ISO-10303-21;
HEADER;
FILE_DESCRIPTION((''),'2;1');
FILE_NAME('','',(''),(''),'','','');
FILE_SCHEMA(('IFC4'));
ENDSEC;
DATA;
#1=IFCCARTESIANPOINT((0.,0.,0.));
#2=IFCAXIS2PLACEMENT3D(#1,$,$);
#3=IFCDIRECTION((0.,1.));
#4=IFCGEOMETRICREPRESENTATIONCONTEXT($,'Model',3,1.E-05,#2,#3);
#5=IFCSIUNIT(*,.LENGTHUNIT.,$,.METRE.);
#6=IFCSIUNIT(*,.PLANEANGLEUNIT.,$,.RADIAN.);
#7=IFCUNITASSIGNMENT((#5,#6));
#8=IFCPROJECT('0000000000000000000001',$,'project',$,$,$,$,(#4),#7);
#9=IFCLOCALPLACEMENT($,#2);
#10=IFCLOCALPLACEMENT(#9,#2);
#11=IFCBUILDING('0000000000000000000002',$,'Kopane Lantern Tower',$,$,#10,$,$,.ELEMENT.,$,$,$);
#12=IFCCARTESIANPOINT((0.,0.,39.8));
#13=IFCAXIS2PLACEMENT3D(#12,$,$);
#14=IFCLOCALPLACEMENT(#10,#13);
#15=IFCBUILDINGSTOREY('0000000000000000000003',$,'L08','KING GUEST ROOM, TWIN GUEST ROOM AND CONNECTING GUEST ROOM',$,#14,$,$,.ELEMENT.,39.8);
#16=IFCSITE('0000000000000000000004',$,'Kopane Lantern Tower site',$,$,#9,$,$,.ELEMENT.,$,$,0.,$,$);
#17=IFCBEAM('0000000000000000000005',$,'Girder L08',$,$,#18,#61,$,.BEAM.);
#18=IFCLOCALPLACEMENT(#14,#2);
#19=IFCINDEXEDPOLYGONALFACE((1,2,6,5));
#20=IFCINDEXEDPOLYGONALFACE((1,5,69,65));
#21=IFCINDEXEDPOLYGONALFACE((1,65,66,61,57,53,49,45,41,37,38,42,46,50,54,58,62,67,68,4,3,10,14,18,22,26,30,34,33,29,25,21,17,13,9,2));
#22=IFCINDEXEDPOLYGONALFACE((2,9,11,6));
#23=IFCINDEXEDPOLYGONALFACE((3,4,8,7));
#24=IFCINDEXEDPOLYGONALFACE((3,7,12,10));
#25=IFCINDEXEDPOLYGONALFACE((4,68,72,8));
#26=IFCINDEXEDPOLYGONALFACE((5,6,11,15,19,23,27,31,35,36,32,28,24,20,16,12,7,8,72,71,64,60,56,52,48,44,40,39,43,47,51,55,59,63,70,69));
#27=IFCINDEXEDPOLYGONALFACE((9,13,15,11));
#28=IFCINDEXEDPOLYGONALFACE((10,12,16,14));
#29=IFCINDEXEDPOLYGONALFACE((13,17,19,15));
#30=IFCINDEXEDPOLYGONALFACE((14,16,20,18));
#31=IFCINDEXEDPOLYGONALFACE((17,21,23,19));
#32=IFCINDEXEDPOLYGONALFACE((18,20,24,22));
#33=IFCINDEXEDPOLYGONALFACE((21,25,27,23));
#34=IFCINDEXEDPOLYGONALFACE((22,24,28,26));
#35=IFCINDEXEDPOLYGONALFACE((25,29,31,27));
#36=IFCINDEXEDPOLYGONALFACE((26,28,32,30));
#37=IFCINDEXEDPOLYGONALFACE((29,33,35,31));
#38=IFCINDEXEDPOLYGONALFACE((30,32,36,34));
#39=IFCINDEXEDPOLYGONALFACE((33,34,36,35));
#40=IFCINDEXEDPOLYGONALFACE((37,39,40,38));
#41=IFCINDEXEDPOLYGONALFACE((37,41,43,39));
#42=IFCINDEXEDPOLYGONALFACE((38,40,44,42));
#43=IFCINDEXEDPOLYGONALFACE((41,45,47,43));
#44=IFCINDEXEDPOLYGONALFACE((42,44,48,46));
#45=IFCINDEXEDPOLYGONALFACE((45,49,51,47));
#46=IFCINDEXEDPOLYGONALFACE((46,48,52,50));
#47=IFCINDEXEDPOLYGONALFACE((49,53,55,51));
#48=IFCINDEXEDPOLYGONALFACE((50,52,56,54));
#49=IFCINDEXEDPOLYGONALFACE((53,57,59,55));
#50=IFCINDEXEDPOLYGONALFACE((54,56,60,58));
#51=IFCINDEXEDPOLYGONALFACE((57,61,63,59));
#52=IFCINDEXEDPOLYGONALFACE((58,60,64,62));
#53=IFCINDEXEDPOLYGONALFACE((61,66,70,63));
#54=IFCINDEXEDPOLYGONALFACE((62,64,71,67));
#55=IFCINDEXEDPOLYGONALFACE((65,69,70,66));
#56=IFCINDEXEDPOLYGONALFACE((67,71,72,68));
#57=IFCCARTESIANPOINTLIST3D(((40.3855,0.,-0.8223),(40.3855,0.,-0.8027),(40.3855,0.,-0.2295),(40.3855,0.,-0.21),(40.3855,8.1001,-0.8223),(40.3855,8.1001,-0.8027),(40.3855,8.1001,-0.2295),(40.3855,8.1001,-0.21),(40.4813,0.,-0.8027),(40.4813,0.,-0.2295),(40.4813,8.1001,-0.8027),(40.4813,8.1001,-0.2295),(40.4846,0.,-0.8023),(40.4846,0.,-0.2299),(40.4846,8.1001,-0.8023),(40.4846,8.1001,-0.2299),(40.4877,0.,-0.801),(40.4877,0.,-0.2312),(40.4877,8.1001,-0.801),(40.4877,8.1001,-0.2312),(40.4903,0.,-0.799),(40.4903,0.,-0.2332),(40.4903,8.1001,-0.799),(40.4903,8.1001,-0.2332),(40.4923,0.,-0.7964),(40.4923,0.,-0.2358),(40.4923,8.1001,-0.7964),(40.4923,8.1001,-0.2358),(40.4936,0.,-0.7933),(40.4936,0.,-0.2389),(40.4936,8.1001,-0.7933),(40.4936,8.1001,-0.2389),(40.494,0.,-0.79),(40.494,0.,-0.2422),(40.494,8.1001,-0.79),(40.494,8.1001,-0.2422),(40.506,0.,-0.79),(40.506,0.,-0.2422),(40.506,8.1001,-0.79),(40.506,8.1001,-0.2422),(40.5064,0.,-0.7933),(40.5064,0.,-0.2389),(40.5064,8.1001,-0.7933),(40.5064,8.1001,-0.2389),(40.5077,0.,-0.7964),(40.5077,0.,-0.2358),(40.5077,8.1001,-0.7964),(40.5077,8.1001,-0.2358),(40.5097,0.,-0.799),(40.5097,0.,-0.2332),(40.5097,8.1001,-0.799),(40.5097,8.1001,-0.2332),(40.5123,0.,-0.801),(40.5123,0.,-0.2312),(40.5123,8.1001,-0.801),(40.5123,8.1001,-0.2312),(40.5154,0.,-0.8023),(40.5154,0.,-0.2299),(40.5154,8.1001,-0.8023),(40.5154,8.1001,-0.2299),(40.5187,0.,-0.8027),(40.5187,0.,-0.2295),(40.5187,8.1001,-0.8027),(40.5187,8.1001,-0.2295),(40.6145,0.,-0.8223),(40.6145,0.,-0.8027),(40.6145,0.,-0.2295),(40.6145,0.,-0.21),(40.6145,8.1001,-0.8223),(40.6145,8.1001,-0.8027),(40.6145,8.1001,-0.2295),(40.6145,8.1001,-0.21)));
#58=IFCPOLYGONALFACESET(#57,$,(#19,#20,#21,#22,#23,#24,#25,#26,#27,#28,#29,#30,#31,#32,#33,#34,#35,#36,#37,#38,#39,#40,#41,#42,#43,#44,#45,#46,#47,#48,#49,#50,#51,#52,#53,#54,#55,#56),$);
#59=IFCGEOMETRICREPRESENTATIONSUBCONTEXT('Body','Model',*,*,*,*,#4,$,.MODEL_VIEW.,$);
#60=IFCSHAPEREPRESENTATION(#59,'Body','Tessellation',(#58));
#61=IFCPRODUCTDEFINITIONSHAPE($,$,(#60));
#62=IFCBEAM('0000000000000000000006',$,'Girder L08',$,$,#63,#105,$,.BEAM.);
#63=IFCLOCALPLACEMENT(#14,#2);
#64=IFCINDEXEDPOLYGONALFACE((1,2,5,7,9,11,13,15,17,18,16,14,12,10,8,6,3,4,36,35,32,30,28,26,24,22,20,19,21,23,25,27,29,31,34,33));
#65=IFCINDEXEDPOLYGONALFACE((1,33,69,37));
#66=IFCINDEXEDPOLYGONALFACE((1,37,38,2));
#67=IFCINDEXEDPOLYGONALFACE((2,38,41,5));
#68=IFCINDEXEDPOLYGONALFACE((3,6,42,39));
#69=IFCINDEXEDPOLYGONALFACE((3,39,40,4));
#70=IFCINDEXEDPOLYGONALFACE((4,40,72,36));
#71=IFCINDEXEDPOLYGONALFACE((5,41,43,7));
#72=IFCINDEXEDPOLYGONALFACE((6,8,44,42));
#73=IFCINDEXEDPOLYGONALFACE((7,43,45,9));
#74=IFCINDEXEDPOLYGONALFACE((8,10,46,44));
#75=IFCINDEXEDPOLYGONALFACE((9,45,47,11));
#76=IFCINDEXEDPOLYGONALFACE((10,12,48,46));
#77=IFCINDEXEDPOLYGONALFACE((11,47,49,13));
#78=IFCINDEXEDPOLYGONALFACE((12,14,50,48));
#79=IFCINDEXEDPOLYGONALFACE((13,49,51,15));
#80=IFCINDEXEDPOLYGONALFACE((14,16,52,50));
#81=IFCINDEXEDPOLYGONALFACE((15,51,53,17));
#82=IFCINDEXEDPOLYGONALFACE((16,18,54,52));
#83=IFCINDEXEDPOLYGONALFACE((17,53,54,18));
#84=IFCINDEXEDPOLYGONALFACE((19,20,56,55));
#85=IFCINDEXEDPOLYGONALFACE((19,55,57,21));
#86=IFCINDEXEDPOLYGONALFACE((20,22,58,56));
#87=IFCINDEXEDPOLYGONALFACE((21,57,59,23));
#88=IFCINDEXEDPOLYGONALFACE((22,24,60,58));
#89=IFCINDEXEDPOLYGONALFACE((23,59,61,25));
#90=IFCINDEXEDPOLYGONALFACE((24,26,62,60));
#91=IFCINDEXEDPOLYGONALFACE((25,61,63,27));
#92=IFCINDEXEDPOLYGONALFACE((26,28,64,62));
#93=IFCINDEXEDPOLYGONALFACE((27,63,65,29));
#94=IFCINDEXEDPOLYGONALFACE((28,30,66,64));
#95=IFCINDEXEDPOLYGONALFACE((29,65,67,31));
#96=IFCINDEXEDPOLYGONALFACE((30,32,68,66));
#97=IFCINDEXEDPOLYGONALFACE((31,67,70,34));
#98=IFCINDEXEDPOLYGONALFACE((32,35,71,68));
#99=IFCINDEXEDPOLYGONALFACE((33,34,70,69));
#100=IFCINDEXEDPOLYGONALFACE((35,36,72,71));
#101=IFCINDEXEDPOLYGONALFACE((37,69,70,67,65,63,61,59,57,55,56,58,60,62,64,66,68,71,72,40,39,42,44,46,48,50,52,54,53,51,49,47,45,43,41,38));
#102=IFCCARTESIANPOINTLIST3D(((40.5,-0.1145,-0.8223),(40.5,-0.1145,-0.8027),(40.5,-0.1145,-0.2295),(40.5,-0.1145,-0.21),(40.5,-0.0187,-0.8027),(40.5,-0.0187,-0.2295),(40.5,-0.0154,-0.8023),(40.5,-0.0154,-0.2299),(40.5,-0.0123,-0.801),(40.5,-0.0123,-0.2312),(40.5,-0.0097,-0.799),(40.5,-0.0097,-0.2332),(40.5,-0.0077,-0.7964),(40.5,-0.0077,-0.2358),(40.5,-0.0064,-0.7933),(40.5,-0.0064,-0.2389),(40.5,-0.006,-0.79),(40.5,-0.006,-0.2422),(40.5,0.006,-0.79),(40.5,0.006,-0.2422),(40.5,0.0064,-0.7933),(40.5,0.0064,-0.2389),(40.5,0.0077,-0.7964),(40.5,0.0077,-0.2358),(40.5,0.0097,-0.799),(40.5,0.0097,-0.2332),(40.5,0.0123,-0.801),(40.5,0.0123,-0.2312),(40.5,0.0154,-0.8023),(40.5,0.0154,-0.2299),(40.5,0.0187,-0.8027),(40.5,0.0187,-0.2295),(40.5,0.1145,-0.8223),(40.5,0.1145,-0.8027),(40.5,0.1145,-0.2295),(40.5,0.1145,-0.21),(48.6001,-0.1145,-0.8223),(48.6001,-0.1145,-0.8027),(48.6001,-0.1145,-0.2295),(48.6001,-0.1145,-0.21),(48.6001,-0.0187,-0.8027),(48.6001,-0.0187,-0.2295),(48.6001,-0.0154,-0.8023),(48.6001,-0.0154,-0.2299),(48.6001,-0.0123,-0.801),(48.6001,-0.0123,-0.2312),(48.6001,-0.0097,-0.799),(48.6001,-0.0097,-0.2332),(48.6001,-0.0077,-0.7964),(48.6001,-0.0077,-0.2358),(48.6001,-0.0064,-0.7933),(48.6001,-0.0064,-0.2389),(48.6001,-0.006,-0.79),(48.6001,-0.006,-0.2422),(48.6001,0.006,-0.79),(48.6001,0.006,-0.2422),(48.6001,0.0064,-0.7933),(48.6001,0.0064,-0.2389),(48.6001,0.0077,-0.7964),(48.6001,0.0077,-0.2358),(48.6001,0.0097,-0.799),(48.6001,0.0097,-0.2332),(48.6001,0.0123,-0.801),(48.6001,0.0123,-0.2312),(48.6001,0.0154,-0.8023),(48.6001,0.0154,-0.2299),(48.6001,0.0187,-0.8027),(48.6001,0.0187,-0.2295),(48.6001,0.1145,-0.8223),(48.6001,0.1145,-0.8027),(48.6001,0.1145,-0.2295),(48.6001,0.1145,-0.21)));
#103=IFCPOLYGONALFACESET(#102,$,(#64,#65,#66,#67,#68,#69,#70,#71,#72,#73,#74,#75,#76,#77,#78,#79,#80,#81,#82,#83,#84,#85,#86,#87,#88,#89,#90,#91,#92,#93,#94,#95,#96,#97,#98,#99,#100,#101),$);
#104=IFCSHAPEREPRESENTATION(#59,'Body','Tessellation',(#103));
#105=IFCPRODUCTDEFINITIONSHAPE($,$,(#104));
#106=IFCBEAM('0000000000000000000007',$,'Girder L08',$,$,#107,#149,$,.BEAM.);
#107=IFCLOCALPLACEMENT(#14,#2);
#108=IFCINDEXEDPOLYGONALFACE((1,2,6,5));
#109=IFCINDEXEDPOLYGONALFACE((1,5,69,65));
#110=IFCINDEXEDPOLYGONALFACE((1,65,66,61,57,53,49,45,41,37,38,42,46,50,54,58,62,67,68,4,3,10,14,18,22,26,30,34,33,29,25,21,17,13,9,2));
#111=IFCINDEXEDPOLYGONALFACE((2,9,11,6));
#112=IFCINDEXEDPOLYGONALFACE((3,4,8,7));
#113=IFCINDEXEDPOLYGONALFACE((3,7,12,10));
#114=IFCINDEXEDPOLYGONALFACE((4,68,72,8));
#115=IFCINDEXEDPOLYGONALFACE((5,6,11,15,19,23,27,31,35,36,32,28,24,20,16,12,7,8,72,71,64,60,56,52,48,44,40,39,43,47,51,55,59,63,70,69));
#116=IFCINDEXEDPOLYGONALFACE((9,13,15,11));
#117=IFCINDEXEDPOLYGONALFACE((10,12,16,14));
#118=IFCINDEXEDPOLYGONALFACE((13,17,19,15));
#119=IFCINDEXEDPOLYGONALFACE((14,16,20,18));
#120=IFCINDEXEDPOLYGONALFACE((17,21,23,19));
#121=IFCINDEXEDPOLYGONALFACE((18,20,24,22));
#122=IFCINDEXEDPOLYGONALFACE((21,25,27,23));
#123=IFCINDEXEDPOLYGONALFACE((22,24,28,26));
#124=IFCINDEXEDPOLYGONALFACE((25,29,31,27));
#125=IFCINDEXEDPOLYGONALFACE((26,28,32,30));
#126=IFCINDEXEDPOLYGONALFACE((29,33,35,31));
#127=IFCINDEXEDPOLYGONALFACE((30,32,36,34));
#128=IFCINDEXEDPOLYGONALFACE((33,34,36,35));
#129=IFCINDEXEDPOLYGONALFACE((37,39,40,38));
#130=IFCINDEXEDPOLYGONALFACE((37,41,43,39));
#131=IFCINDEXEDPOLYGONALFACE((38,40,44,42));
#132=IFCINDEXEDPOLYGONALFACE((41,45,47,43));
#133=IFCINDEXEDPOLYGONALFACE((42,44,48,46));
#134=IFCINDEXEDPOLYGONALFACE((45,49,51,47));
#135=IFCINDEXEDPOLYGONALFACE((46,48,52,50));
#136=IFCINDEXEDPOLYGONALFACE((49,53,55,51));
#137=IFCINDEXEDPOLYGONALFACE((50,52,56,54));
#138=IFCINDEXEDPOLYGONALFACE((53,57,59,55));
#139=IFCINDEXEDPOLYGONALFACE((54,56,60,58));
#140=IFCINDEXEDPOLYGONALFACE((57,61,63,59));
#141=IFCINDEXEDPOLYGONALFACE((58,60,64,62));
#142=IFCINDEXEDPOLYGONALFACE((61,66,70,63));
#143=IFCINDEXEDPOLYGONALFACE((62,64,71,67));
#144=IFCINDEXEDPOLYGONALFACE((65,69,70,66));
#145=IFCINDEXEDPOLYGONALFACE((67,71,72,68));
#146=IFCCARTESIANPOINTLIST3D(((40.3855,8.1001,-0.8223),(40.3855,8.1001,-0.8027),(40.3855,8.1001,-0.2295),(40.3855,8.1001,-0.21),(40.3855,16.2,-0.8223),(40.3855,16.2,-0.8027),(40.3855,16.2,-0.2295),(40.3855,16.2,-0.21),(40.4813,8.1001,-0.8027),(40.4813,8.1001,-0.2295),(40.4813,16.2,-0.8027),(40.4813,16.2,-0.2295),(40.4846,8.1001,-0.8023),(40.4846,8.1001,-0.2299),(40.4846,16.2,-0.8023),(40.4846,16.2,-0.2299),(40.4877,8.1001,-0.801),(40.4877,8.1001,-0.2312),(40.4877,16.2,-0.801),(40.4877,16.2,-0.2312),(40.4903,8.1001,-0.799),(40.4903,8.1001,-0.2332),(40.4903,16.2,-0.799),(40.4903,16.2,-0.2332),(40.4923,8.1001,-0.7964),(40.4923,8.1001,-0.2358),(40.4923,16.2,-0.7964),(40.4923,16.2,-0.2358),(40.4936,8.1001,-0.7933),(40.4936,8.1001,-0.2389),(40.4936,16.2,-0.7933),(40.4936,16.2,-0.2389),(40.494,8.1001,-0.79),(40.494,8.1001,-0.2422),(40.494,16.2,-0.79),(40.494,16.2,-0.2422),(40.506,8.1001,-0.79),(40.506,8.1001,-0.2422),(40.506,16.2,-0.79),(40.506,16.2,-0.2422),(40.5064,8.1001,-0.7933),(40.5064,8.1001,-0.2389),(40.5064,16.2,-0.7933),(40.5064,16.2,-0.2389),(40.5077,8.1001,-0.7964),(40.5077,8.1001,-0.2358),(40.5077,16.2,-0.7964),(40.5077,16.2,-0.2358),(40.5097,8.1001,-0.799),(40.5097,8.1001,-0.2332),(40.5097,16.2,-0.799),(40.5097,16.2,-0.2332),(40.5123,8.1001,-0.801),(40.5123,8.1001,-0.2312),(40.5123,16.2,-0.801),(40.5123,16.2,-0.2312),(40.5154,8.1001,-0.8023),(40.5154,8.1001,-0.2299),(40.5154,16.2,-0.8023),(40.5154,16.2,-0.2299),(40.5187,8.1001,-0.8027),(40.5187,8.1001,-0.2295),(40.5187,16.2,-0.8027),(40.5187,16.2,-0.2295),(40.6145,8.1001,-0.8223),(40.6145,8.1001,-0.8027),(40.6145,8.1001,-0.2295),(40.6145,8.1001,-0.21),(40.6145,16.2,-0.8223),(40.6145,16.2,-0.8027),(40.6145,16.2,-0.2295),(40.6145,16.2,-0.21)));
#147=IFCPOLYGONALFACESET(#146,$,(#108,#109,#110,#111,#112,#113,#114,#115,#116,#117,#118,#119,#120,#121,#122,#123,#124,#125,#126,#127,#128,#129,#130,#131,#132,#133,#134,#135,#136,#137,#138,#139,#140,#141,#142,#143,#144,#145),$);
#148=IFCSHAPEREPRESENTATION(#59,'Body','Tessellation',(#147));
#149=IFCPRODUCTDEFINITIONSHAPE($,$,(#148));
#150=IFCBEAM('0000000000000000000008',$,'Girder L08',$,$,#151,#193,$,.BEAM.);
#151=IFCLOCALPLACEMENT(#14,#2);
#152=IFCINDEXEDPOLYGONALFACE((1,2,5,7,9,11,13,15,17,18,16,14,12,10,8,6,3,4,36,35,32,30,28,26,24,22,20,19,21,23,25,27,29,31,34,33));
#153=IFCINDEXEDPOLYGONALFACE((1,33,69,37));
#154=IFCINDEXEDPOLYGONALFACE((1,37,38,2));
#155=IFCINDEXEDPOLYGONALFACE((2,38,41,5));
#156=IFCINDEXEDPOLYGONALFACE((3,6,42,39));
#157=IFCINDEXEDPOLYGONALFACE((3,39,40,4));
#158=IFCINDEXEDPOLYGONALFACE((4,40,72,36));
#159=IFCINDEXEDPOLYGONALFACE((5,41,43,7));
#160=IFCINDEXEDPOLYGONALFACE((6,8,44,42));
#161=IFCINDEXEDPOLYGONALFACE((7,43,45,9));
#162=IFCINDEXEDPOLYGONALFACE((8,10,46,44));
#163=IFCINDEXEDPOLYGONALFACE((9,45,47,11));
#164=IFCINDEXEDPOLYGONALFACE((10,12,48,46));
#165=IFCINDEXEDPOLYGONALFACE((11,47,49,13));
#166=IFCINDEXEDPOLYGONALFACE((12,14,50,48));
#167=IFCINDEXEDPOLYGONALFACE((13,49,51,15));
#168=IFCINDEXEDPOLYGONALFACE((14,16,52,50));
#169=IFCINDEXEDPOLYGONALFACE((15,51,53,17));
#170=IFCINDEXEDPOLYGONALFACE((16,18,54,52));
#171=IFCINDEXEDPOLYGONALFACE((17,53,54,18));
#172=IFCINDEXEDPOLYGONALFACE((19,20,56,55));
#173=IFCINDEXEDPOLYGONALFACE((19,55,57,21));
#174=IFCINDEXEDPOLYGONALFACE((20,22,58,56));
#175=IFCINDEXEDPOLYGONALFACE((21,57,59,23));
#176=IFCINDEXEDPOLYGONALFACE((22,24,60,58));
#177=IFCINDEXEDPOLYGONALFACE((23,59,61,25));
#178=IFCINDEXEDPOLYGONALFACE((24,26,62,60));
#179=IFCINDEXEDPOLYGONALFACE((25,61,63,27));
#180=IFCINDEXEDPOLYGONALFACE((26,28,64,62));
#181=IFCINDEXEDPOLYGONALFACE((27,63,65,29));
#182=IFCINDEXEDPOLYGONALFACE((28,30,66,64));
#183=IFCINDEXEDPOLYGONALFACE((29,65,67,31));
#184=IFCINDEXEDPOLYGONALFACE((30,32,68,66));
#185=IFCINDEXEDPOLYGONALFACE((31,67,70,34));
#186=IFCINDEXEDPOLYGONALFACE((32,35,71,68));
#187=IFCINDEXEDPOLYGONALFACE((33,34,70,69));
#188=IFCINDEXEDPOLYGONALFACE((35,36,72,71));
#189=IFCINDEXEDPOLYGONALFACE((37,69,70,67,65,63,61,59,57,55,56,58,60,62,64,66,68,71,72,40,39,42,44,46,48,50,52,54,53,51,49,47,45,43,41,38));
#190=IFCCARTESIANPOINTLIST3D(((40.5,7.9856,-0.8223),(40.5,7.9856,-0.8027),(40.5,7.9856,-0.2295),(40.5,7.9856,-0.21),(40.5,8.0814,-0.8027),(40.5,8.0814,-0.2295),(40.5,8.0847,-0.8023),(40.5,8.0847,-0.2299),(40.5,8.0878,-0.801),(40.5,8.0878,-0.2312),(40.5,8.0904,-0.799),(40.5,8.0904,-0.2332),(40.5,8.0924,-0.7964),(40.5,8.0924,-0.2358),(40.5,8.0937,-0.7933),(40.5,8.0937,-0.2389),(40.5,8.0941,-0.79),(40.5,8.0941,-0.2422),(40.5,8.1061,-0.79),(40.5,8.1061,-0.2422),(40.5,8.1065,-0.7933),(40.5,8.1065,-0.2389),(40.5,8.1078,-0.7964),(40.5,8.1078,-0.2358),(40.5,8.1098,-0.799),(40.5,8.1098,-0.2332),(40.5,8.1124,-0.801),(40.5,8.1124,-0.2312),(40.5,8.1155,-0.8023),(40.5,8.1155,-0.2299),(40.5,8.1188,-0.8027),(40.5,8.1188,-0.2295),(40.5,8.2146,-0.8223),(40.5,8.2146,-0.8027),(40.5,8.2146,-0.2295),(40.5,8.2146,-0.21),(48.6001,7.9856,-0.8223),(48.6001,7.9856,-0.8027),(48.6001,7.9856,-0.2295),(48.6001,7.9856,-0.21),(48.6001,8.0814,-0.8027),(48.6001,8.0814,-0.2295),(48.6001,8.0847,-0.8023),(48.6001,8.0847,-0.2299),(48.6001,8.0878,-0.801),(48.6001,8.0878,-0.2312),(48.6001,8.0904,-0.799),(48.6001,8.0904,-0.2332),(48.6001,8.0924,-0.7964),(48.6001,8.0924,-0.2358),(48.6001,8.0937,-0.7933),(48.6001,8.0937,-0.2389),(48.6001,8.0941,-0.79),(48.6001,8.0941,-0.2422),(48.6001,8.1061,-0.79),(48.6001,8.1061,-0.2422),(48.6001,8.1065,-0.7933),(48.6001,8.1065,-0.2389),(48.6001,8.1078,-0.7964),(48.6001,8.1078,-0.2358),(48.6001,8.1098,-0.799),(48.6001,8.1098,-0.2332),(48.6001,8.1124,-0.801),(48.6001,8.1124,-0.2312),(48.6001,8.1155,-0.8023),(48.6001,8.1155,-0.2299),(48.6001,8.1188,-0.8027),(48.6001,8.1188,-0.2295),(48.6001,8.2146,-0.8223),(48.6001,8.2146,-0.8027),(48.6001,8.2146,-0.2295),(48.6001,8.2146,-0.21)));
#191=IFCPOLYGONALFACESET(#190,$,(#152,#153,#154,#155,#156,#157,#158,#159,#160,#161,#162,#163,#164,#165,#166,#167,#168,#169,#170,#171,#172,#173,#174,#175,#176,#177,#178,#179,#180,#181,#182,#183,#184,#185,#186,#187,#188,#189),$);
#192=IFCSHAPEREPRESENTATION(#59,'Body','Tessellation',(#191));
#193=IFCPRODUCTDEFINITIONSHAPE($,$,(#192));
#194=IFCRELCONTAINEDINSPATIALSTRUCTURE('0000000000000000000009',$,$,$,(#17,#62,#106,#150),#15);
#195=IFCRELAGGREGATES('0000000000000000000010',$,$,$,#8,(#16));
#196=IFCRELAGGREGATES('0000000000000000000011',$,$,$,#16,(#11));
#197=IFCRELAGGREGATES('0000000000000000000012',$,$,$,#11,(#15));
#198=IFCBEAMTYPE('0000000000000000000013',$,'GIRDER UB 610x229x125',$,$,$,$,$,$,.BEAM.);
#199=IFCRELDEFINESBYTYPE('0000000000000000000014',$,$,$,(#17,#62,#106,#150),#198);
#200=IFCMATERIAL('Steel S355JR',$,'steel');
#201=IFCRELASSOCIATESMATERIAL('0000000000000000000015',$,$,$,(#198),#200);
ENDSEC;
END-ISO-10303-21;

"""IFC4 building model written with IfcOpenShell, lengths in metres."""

from ifc_helpers import new_model, si_unit, direction, frame, origin, origin_2d, place, context, subcontext, project, spatial, i_section, extrude, material, material_profile, profile_set, type_object, element, save


model = new_model("IFC4")

# Units and contexts
model_context = context("Model", 3, precision=1e-05, world=origin(), true_north=direction((0.0, 1.0)))
body_context = subcontext(model_context, "Body", "Model", "MODEL_VIEW")
ifc_project = project(units=[si_unit("LENGTHUNIT", "METRE"), si_unit("PLANEANGLEUNIT", "RADIAN")], contexts=[model_context])

# Site, building, storey
site_placement = place(None, origin())
site = spatial("IfcSite", under=ifc_project, at=site_placement, Name="Kopane Lantern Tower site", CompositionType="ELEMENT", RefElevation=0.0)
building_placement = place(site_placement, origin())
building = spatial("IfcBuilding", under=site, at=building_placement, Name="Kopane Lantern Tower", CompositionType="ELEMENT")
storey_placement = place(building_placement, frame((0.0, 0.0, 39.8)))
storey = spatial("IfcBuildingStorey", under=building, at=storey_placement, Name="L08", Description="KING GUEST ROOM, TWIN GUEST ROOM AND CONNECTING GUEST ROOM", CompositionType="ELEMENT", Elevation=39.8)

# Beams
ifc_material_1 = material(Name="Steel S355JR", Category="steel")
ifc_material_profile_1 = material_profile(ifc_material_1, i_section(OverallWidth=0.229, OverallDepth=0.6123, WebThickness=0.012, FlangeThickness=0.0195, FilletRadius=0.0127, at=origin_2d()), Name="UB 610x229x125")
ifc_profile_set_1 = profile_set([ifc_material_profile_1], Name="Steel S355JR")
beam_type = type_object("IfcBeamType", Name="GIRDER UB 610x229x125", PredefinedType="BEAM", material=ifc_profile_set_1)
for number, where, z_axis, x_axis, name in (
    (1, (40.5, 0.0, -0.5161), (0.0, 1.0, 0.0), (-1.0, 0.0, 0.0), "Girder L08"),
    (2, (40.5, 0.0, -0.5161), (1.0, 0.0, 0.0), (0.0, 1.0, 0.0), "Girder L08"),
):
    element("IfcBeam", number, at=place(storey_placement, frame(where, z_axis=z_axis, x_axis=x_axis)), inside=storey, type_object=beam_type, Name=name, PredefinedType="BEAM", context=body_context, shape_type="SweptSolid", body=[
        extrude(i_section(OverallWidth=0.229, OverallDepth=0.6123, WebThickness=0.012, FlangeThickness=0.0195, FilletRadius=0.0127, at=origin_2d()), origin(), (0.0, 0.0, 1.0), 8.1001),
    ])
beam_1_placement = place(storey_placement, frame((40.5, 8.1001, -0.5161), z_axis=(0.0, 1.0, 0.0), x_axis=(-1.0, 0.0, 0.0)))
element("IfcBeam", 3, at=beam_1_placement, inside=storey, type_object=beam_type, Name="Girder L08", PredefinedType="BEAM", context=body_context, shape_type="SweptSolid", body=[
    extrude(i_section(OverallWidth=0.229, OverallDepth=0.6123, WebThickness=0.012, FlangeThickness=0.0195, FilletRadius=0.0127, at=origin_2d()), origin(), (0.0, 0.0, 1.0), 8.0999),
])
beam_2_placement = place(storey_placement, frame((40.5, 8.1001, -0.5161), z_axis=(1.0, 0.0, 0.0), x_axis=(0.0, 1.0, 0.0)))
element("IfcBeam", 4, at=beam_2_placement, inside=storey, type_object=beam_type, Name="Girder L08", PredefinedType="BEAM", context=body_context, shape_type="SweptSolid", body=[
    extrude(i_section(OverallWidth=0.229, OverallDepth=0.6123, WebThickness=0.012, FlangeThickness=0.0195, FilletRadius=0.0127, at=origin_2d()), origin(), (0.0, 0.0, 1.0), 8.1001),
])

save(model, "model.ifc")
